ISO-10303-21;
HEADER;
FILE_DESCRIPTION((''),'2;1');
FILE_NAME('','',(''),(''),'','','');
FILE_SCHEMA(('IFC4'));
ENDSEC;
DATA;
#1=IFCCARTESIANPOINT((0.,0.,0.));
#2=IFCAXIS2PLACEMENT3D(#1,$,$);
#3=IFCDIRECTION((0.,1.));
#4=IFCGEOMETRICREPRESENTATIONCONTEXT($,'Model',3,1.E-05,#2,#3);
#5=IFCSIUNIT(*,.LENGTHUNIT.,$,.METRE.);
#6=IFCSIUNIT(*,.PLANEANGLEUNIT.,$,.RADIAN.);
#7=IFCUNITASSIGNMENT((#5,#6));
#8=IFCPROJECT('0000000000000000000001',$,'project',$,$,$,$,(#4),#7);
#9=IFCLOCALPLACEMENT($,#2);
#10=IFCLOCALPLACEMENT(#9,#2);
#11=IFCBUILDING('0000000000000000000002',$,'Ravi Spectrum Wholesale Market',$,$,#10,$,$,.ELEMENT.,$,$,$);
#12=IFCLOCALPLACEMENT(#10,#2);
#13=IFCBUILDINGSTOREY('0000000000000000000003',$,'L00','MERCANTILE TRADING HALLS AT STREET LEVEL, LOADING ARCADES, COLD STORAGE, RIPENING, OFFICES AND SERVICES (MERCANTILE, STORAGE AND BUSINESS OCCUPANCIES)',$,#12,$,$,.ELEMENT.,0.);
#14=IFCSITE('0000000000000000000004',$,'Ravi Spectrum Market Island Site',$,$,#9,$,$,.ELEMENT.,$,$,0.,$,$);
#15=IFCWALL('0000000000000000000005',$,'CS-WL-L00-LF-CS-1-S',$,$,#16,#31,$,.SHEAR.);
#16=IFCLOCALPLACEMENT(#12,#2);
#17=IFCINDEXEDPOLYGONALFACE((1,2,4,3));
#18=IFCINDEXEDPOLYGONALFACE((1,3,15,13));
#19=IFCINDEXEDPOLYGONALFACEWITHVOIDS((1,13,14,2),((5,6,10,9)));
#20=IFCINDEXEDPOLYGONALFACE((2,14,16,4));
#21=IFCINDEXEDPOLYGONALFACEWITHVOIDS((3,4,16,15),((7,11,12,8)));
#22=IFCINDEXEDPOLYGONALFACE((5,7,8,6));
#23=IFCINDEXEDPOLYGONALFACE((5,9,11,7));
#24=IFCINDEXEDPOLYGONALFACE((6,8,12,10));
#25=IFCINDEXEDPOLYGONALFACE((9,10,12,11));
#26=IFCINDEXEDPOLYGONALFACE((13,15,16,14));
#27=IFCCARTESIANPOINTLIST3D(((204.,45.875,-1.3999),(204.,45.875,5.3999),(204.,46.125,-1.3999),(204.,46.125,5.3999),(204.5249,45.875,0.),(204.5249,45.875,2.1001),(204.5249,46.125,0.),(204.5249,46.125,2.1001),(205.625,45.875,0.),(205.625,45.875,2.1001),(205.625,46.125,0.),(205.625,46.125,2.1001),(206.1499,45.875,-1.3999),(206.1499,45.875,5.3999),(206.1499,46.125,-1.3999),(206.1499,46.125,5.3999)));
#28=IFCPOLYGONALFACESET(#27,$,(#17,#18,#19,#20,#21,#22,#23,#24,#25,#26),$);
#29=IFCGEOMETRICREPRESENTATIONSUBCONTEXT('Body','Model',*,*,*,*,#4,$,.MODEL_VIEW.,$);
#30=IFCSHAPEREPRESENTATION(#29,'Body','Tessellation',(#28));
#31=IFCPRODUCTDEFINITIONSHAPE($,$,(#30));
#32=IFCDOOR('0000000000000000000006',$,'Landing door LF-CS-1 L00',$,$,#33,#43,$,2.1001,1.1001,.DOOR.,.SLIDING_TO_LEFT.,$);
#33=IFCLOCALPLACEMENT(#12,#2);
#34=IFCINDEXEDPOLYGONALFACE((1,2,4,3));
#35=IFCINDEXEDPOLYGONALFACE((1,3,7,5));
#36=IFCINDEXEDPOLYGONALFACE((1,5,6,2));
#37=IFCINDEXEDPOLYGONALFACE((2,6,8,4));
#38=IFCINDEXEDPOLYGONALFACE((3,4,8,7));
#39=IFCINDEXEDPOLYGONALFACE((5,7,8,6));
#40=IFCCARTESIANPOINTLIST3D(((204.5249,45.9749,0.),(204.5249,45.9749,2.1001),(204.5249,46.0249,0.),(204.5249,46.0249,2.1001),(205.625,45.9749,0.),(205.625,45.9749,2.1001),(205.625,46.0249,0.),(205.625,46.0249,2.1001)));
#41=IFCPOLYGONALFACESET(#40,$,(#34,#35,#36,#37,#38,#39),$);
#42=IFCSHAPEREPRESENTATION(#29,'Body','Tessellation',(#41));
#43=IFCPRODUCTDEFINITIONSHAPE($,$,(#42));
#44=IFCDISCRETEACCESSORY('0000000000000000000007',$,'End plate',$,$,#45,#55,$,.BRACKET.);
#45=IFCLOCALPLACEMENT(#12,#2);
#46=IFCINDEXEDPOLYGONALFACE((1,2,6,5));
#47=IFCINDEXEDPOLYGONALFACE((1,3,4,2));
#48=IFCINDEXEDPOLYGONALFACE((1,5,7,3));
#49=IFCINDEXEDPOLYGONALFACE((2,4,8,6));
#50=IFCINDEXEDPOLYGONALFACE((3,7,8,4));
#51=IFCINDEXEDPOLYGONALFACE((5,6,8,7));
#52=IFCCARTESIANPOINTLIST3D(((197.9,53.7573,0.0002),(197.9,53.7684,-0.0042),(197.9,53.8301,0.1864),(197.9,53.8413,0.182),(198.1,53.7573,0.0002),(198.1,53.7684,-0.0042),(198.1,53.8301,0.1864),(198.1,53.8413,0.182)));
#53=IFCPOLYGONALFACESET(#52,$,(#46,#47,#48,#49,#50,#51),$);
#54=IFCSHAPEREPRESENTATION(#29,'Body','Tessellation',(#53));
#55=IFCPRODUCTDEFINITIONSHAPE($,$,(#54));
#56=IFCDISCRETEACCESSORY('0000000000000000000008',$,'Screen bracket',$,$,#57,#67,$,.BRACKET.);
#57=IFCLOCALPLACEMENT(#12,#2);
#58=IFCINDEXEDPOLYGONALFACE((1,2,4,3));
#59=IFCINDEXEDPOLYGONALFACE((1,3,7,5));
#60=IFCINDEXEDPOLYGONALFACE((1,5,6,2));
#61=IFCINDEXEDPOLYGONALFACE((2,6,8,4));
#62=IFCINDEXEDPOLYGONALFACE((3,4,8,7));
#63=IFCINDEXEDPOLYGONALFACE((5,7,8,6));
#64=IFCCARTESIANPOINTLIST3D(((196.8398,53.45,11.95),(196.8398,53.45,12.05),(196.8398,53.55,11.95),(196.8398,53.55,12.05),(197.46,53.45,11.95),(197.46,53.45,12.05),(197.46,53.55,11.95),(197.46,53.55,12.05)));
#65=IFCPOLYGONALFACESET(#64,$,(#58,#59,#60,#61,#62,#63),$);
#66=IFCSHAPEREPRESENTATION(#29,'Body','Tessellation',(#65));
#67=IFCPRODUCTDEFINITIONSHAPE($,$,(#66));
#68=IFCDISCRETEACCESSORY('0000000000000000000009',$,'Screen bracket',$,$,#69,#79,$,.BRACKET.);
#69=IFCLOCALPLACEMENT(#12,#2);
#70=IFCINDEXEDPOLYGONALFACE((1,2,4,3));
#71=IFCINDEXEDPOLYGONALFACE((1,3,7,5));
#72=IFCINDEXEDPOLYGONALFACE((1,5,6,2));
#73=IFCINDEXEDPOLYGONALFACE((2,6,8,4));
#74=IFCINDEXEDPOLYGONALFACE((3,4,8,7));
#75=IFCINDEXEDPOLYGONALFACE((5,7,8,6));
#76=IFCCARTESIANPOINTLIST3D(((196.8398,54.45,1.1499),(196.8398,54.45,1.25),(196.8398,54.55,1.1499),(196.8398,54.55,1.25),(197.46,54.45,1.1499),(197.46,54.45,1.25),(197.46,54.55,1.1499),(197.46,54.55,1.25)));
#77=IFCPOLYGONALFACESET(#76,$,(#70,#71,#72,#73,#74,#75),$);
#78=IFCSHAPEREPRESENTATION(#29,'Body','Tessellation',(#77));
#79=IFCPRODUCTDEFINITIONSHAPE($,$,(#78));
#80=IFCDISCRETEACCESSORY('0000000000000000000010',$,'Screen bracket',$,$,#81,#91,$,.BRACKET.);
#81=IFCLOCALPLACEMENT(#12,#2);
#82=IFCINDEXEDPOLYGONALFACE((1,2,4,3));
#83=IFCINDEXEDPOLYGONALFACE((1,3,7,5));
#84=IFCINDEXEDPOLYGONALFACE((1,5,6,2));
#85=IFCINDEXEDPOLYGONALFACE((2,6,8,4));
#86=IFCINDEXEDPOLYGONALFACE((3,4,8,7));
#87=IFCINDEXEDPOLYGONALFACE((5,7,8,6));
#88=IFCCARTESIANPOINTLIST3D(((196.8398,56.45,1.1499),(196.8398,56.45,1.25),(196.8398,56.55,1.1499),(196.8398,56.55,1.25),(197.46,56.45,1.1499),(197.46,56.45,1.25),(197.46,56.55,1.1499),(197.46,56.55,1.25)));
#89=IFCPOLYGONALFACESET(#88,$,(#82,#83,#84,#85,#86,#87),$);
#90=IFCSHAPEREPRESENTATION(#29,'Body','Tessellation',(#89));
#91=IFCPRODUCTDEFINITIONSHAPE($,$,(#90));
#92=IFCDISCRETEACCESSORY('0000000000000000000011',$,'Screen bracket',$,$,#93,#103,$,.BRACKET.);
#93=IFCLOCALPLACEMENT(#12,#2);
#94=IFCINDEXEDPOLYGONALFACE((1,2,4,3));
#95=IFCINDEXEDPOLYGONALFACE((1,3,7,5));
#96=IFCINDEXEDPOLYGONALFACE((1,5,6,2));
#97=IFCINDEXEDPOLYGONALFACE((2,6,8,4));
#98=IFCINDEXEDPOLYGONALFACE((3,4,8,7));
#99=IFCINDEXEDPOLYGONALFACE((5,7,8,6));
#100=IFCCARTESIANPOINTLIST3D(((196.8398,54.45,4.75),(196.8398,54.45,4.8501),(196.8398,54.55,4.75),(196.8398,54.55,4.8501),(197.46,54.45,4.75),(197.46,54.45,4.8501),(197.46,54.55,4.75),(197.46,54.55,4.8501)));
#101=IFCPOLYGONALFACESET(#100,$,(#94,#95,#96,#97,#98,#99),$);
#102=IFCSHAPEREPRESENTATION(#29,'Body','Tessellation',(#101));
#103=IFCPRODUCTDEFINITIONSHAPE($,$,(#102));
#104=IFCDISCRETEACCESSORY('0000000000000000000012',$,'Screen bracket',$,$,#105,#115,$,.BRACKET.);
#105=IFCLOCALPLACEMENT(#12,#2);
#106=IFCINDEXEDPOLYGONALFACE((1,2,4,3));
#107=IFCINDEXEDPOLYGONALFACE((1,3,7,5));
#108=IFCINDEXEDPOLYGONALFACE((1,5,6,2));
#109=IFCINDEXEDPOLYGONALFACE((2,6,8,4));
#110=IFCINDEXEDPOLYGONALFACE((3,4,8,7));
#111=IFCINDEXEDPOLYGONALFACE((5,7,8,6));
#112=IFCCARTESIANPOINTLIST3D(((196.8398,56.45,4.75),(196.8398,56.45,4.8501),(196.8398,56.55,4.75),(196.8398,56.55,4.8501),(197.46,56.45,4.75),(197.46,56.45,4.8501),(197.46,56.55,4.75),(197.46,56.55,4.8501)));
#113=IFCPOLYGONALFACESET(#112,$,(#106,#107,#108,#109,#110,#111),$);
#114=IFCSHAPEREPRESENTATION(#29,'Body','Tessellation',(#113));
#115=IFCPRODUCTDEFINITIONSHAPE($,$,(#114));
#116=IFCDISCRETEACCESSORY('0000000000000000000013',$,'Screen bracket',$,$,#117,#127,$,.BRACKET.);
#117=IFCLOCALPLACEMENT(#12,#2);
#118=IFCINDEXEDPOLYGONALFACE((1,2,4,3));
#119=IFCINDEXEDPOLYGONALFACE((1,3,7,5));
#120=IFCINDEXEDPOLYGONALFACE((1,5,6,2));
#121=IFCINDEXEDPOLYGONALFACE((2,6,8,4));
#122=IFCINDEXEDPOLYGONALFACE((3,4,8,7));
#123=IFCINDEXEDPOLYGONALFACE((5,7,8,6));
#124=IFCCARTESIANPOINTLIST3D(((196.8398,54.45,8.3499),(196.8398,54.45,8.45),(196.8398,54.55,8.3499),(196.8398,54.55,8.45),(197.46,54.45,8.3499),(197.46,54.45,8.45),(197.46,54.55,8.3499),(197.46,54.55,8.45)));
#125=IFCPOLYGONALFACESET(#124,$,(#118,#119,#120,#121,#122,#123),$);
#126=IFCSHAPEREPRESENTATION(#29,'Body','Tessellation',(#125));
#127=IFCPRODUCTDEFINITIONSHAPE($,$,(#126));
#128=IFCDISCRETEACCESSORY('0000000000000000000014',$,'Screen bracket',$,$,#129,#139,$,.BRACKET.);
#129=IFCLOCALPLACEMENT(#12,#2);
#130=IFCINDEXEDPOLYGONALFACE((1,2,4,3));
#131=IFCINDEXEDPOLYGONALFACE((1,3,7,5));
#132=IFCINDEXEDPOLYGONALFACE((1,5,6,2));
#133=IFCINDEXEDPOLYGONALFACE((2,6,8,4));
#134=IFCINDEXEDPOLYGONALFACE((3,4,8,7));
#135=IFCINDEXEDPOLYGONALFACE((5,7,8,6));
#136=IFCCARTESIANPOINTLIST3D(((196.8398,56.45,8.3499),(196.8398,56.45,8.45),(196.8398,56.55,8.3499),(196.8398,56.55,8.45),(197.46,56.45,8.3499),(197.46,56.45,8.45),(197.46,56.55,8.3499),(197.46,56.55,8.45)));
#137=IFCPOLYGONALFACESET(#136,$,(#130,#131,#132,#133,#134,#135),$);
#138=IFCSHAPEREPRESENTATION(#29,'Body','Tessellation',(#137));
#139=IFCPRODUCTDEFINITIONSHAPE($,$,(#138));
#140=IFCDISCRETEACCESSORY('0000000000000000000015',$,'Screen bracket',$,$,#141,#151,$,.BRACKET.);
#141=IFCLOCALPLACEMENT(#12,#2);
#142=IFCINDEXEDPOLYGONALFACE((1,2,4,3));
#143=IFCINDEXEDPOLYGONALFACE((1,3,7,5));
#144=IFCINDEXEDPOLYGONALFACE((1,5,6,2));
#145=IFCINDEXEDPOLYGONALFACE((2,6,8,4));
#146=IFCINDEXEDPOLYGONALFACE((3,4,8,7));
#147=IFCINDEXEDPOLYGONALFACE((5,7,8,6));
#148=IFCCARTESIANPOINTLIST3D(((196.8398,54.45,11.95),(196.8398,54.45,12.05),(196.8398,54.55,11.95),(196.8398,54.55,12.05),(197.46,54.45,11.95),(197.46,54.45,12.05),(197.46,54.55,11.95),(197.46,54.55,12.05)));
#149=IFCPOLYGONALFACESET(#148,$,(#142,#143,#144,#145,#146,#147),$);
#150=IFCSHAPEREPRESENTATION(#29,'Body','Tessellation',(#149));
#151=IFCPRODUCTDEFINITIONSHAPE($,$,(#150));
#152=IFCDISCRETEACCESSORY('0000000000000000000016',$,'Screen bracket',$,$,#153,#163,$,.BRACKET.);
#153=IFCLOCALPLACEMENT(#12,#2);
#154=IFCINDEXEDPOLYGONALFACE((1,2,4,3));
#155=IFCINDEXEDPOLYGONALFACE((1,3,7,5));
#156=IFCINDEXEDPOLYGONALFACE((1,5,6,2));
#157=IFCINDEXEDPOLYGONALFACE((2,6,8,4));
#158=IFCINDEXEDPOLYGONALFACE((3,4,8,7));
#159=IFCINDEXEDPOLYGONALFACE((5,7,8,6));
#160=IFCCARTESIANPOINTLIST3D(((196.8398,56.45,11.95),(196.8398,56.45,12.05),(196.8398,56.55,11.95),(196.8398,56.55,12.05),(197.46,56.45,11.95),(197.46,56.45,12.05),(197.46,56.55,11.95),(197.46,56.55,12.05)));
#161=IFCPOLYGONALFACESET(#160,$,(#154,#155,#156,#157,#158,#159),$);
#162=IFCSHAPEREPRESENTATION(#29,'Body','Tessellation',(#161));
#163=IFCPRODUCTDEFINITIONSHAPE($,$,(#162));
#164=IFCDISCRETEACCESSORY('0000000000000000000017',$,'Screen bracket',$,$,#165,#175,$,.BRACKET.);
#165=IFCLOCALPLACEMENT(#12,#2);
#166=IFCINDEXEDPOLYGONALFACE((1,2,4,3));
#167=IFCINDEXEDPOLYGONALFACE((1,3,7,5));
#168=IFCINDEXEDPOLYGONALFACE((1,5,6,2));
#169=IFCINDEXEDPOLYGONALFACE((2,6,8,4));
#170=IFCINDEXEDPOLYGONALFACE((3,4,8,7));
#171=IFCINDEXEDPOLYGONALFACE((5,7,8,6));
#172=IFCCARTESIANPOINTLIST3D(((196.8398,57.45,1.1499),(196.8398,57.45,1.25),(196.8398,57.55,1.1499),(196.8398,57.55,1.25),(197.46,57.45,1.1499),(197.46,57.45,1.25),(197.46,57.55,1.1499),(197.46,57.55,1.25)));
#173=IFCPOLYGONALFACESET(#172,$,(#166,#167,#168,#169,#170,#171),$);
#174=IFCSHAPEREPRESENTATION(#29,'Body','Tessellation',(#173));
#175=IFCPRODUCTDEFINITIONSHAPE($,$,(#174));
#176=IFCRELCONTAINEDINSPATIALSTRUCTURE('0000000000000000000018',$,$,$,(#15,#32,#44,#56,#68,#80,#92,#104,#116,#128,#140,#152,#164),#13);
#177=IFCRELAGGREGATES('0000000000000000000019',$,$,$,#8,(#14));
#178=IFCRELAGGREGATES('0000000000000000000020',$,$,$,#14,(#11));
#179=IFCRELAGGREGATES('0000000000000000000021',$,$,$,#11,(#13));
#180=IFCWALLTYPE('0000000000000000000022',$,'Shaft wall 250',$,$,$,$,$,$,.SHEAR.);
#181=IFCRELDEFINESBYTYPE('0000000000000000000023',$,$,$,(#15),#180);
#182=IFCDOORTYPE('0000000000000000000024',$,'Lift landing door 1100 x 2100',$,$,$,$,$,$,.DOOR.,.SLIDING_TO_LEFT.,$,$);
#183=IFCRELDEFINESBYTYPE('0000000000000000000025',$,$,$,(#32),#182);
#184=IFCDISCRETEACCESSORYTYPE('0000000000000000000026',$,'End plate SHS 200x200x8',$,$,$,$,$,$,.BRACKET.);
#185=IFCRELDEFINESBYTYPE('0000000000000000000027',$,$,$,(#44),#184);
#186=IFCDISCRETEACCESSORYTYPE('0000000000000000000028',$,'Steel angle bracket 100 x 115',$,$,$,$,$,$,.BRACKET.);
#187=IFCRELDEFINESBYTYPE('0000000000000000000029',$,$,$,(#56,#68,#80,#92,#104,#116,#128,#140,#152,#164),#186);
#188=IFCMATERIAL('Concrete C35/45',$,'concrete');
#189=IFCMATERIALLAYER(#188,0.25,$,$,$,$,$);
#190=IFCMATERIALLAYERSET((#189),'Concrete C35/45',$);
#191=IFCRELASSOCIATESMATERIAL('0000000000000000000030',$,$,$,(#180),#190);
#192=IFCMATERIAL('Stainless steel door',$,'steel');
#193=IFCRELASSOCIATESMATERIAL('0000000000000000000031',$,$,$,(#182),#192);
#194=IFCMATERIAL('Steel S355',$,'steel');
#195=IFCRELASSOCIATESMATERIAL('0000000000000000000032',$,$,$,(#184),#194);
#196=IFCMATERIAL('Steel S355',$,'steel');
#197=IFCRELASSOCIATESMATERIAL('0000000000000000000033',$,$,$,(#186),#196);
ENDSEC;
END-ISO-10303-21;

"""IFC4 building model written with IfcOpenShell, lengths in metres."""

from ifc_helpers import new_model, si_unit, direction, frame, frame_2d, origin, origin_2d, place, context, subcontext, project, spatial, rectangle, extrude, material, layer, layer_set, material_profile, profile_set, type_object, element, fill, save


model = new_model("IFC4")

# Units and contexts
model_context = context("Model", 3, precision=1e-05, world=origin(), true_north=direction((0.0, 1.0)))
body_context = subcontext(model_context, "Body", "Model", "MODEL_VIEW")
ifc_project = project(units=[si_unit("LENGTHUNIT", "METRE"), si_unit("PLANEANGLEUNIT", "RADIAN")], contexts=[model_context])

# Site, building, storey
site_placement = place(None, origin())
site = spatial("IfcSite", under=ifc_project, at=site_placement, Name="Ravi Spectrum Market Island Site", CompositionType="ELEMENT", RefElevation=0.0)
building_placement = place(site_placement, origin())
building = spatial("IfcBuilding", under=site, at=building_placement, Name="Ravi Spectrum Wholesale Market", CompositionType="ELEMENT")
storey_placement = place(building_placement, origin())
storey = spatial("IfcBuildingStorey", under=building, at=storey_placement, Name="L00", Description="MERCANTILE TRADING HALLS AT STREET LEVEL, LOADING ARCADES, COLD STORAGE, RIPENING, OFFICES AND SERVICES (MERCANTILE, STORAGE AND BUSINESS OCCUPANCIES)", CompositionType="ELEMENT", Elevation=0.0)

# Wall, opening, door
ifc_material_1 = material(Name="Concrete C35/45", Category="concrete")
ifc_layer_1 = layer(ifc_material_1, 0.25)
ifc_layer_set_1 = layer_set([ifc_layer_1], Name="Concrete C35/45")
wall_type_1 = type_object("IfcWallType", Name="Shaft wall 250", PredefinedType="SHEAR", material=ifc_layer_set_1)
wall_1_placement = place(storey_placement, frame((204.0, 46.0, -1.3999), z_axis=(0.0, 0.0, 1.0), x_axis=(1.0, 0.0, 0.0)))
wall_1 = element("IfcWall", 1, at=wall_1_placement, inside=storey, type_object=wall_type_1, Name="CS-WL-L00-LF-CS-1-S", PredefinedType="SHEAR", context=body_context, shape_type="SweptSolid", body=[
    extrude(rectangle(XDim=2.1499, YDim=0.25, at=frame_2d((1.075, 0.0))), origin(), (0.0, 0.0, 1.0), 6.7998),
])
opening_1_placement = place(wall_1_placement, frame((0.5249, 0.0, 1.3999)))
opening_1 = element("IfcOpeningElement", 2, at=opening_1_placement, cuts=wall_1, PredefinedType="OPENING", context=body_context, shape_type="SweptSolid", body=[
    extrude(rectangle(XDim=1.1001, YDim=2.1001, at=frame_2d((0.55, 1.05))), frame((0.0, 0.135, 0.0), z_axis=(0.0, -1.0, 0.0), x_axis=(1.0, 0.0, 0.0)), (0.0, 0.0, 1.0), 0.27),
])
ifc_material_2 = material(Name="Stainless steel door", Category="steel")
door_type_1 = type_object("IfcDoorType", Name="Lift landing door 1100 x 2100", OperationType="SLIDING_TO_LEFT", PredefinedType="DOOR", material=ifc_material_2)
door_1_placement = place(opening_1_placement, origin())
door_1 = element("IfcDoor", 3, at=door_1_placement, inside=storey, type_object=door_type_1, Name="Landing door LF-CS-1 L00", OperationType="SLIDING_TO_LEFT", OverallHeight=2.1001, OverallWidth=1.1001, PredefinedType="DOOR", context=body_context, shape_type="SweptSolid", body=[
    extrude(rectangle(XDim=1.1001, YDim=2.1001, at=frame_2d((0.55, 1.05))), frame((0.0, 0.0249, 0.0), z_axis=(0.0, -1.0, 0.0), x_axis=(1.0, 0.0, 0.0)), (0.0, 0.0, 1.0), 0.05),
])
fill(opening_1, door_1)

# Discrete accessories
ifc_material_3 = material(Name="Steel S355", Category="steel")
ifc_material_profile_1 = material_profile(ifc_material_3, rectangle(XDim=0.2, YDim=0.2, at=origin_2d()))
ifc_profile_set_1 = profile_set([ifc_material_profile_1], Name="Steel S355")
discrete_accessory_type_1 = type_object("IfcDiscreteAccessoryType", Name="End plate SHS 200x200x8", PredefinedType="BRACKET", material=ifc_profile_set_1)
discrete_accessory_placement = place(storey_placement, frame((198.0, 53.7937, 0.0933), z_axis=(0.0, 0.931243, -0.364399), x_axis=(-1.0, 0.0, 0.0)))
element("IfcDiscreteAccessory", 4, at=discrete_accessory_placement, inside=storey, type_object=discrete_accessory_type_1, Name="End plate", PredefinedType="BRACKET", context=body_context, shape_type="SweptSolid", body=[
    extrude(rectangle(XDim=0.2, YDim=0.2, at=origin_2d()), origin(), (0.0, 0.0, 1.0), 0.012),
])
ifc_material_4 = material(Name="Steel S355", Category="steel")
discrete_accessory_type_2 = type_object("IfcDiscreteAccessoryType", Name="Steel angle bracket 100 x 115", PredefinedType="BRACKET", material=ifc_material_4)
for number, where, z_axis, x_axis, name in (
    (5, (197.1499, 53.5, 11.95), (0.0, 0.0, 1.0), (1.0, 0.0, 0.0), "Screen bracket"),
    (6, (197.1499, 54.5, 1.1499), (0.0, 0.0, 1.0), (1.0, 0.0, 0.0), "Screen bracket"),
    (7, (197.1499, 56.5, 1.1499), (0.0, 0.0, 1.0), (1.0, 0.0, 0.0), "Screen bracket"),
    (8, (197.1499, 54.5, 4.75), (0.0, 0.0, 1.0), (1.0, 0.0, 0.0), "Screen bracket"),
    (9, (197.1499, 56.5, 4.75), (0.0, 0.0, 1.0), (1.0, 0.0, 0.0), "Screen bracket"),
    (10, (197.1499, 54.5, 8.3499), (0.0, 0.0, 1.0), (1.0, 0.0, 0.0), "Screen bracket"),
    (11, (197.1499, 56.5, 8.3499), (0.0, 0.0, 1.0), (1.0, 0.0, 0.0), "Screen bracket"),
    (12, (197.1499, 54.5, 11.95), (0.0, 0.0, 1.0), (1.0, 0.0, 0.0), "Screen bracket"),
    (13, (197.1499, 56.5, 11.95), (0.0, 0.0, 1.0), (1.0, 0.0, 0.0), "Screen bracket"),
    (14, (197.1499, 57.5, 1.1499), (0.0, 0.0, 1.0), (1.0, 0.0, 0.0), "Screen bracket"),
):
    element("IfcDiscreteAccessory", number, at=place(storey_placement, frame(where, z_axis=z_axis, x_axis=x_axis)), inside=storey, type_object=discrete_accessory_type_2, Name=name, PredefinedType="BRACKET", context=body_context, shape_type="SweptSolid", body=[
        extrude(rectangle(XDim=0.6201, YDim=0.1001, at=origin_2d()), origin(), (0.0, 0.0, 1.0), 0.1001),
    ])

save(model, "model.ifc")
